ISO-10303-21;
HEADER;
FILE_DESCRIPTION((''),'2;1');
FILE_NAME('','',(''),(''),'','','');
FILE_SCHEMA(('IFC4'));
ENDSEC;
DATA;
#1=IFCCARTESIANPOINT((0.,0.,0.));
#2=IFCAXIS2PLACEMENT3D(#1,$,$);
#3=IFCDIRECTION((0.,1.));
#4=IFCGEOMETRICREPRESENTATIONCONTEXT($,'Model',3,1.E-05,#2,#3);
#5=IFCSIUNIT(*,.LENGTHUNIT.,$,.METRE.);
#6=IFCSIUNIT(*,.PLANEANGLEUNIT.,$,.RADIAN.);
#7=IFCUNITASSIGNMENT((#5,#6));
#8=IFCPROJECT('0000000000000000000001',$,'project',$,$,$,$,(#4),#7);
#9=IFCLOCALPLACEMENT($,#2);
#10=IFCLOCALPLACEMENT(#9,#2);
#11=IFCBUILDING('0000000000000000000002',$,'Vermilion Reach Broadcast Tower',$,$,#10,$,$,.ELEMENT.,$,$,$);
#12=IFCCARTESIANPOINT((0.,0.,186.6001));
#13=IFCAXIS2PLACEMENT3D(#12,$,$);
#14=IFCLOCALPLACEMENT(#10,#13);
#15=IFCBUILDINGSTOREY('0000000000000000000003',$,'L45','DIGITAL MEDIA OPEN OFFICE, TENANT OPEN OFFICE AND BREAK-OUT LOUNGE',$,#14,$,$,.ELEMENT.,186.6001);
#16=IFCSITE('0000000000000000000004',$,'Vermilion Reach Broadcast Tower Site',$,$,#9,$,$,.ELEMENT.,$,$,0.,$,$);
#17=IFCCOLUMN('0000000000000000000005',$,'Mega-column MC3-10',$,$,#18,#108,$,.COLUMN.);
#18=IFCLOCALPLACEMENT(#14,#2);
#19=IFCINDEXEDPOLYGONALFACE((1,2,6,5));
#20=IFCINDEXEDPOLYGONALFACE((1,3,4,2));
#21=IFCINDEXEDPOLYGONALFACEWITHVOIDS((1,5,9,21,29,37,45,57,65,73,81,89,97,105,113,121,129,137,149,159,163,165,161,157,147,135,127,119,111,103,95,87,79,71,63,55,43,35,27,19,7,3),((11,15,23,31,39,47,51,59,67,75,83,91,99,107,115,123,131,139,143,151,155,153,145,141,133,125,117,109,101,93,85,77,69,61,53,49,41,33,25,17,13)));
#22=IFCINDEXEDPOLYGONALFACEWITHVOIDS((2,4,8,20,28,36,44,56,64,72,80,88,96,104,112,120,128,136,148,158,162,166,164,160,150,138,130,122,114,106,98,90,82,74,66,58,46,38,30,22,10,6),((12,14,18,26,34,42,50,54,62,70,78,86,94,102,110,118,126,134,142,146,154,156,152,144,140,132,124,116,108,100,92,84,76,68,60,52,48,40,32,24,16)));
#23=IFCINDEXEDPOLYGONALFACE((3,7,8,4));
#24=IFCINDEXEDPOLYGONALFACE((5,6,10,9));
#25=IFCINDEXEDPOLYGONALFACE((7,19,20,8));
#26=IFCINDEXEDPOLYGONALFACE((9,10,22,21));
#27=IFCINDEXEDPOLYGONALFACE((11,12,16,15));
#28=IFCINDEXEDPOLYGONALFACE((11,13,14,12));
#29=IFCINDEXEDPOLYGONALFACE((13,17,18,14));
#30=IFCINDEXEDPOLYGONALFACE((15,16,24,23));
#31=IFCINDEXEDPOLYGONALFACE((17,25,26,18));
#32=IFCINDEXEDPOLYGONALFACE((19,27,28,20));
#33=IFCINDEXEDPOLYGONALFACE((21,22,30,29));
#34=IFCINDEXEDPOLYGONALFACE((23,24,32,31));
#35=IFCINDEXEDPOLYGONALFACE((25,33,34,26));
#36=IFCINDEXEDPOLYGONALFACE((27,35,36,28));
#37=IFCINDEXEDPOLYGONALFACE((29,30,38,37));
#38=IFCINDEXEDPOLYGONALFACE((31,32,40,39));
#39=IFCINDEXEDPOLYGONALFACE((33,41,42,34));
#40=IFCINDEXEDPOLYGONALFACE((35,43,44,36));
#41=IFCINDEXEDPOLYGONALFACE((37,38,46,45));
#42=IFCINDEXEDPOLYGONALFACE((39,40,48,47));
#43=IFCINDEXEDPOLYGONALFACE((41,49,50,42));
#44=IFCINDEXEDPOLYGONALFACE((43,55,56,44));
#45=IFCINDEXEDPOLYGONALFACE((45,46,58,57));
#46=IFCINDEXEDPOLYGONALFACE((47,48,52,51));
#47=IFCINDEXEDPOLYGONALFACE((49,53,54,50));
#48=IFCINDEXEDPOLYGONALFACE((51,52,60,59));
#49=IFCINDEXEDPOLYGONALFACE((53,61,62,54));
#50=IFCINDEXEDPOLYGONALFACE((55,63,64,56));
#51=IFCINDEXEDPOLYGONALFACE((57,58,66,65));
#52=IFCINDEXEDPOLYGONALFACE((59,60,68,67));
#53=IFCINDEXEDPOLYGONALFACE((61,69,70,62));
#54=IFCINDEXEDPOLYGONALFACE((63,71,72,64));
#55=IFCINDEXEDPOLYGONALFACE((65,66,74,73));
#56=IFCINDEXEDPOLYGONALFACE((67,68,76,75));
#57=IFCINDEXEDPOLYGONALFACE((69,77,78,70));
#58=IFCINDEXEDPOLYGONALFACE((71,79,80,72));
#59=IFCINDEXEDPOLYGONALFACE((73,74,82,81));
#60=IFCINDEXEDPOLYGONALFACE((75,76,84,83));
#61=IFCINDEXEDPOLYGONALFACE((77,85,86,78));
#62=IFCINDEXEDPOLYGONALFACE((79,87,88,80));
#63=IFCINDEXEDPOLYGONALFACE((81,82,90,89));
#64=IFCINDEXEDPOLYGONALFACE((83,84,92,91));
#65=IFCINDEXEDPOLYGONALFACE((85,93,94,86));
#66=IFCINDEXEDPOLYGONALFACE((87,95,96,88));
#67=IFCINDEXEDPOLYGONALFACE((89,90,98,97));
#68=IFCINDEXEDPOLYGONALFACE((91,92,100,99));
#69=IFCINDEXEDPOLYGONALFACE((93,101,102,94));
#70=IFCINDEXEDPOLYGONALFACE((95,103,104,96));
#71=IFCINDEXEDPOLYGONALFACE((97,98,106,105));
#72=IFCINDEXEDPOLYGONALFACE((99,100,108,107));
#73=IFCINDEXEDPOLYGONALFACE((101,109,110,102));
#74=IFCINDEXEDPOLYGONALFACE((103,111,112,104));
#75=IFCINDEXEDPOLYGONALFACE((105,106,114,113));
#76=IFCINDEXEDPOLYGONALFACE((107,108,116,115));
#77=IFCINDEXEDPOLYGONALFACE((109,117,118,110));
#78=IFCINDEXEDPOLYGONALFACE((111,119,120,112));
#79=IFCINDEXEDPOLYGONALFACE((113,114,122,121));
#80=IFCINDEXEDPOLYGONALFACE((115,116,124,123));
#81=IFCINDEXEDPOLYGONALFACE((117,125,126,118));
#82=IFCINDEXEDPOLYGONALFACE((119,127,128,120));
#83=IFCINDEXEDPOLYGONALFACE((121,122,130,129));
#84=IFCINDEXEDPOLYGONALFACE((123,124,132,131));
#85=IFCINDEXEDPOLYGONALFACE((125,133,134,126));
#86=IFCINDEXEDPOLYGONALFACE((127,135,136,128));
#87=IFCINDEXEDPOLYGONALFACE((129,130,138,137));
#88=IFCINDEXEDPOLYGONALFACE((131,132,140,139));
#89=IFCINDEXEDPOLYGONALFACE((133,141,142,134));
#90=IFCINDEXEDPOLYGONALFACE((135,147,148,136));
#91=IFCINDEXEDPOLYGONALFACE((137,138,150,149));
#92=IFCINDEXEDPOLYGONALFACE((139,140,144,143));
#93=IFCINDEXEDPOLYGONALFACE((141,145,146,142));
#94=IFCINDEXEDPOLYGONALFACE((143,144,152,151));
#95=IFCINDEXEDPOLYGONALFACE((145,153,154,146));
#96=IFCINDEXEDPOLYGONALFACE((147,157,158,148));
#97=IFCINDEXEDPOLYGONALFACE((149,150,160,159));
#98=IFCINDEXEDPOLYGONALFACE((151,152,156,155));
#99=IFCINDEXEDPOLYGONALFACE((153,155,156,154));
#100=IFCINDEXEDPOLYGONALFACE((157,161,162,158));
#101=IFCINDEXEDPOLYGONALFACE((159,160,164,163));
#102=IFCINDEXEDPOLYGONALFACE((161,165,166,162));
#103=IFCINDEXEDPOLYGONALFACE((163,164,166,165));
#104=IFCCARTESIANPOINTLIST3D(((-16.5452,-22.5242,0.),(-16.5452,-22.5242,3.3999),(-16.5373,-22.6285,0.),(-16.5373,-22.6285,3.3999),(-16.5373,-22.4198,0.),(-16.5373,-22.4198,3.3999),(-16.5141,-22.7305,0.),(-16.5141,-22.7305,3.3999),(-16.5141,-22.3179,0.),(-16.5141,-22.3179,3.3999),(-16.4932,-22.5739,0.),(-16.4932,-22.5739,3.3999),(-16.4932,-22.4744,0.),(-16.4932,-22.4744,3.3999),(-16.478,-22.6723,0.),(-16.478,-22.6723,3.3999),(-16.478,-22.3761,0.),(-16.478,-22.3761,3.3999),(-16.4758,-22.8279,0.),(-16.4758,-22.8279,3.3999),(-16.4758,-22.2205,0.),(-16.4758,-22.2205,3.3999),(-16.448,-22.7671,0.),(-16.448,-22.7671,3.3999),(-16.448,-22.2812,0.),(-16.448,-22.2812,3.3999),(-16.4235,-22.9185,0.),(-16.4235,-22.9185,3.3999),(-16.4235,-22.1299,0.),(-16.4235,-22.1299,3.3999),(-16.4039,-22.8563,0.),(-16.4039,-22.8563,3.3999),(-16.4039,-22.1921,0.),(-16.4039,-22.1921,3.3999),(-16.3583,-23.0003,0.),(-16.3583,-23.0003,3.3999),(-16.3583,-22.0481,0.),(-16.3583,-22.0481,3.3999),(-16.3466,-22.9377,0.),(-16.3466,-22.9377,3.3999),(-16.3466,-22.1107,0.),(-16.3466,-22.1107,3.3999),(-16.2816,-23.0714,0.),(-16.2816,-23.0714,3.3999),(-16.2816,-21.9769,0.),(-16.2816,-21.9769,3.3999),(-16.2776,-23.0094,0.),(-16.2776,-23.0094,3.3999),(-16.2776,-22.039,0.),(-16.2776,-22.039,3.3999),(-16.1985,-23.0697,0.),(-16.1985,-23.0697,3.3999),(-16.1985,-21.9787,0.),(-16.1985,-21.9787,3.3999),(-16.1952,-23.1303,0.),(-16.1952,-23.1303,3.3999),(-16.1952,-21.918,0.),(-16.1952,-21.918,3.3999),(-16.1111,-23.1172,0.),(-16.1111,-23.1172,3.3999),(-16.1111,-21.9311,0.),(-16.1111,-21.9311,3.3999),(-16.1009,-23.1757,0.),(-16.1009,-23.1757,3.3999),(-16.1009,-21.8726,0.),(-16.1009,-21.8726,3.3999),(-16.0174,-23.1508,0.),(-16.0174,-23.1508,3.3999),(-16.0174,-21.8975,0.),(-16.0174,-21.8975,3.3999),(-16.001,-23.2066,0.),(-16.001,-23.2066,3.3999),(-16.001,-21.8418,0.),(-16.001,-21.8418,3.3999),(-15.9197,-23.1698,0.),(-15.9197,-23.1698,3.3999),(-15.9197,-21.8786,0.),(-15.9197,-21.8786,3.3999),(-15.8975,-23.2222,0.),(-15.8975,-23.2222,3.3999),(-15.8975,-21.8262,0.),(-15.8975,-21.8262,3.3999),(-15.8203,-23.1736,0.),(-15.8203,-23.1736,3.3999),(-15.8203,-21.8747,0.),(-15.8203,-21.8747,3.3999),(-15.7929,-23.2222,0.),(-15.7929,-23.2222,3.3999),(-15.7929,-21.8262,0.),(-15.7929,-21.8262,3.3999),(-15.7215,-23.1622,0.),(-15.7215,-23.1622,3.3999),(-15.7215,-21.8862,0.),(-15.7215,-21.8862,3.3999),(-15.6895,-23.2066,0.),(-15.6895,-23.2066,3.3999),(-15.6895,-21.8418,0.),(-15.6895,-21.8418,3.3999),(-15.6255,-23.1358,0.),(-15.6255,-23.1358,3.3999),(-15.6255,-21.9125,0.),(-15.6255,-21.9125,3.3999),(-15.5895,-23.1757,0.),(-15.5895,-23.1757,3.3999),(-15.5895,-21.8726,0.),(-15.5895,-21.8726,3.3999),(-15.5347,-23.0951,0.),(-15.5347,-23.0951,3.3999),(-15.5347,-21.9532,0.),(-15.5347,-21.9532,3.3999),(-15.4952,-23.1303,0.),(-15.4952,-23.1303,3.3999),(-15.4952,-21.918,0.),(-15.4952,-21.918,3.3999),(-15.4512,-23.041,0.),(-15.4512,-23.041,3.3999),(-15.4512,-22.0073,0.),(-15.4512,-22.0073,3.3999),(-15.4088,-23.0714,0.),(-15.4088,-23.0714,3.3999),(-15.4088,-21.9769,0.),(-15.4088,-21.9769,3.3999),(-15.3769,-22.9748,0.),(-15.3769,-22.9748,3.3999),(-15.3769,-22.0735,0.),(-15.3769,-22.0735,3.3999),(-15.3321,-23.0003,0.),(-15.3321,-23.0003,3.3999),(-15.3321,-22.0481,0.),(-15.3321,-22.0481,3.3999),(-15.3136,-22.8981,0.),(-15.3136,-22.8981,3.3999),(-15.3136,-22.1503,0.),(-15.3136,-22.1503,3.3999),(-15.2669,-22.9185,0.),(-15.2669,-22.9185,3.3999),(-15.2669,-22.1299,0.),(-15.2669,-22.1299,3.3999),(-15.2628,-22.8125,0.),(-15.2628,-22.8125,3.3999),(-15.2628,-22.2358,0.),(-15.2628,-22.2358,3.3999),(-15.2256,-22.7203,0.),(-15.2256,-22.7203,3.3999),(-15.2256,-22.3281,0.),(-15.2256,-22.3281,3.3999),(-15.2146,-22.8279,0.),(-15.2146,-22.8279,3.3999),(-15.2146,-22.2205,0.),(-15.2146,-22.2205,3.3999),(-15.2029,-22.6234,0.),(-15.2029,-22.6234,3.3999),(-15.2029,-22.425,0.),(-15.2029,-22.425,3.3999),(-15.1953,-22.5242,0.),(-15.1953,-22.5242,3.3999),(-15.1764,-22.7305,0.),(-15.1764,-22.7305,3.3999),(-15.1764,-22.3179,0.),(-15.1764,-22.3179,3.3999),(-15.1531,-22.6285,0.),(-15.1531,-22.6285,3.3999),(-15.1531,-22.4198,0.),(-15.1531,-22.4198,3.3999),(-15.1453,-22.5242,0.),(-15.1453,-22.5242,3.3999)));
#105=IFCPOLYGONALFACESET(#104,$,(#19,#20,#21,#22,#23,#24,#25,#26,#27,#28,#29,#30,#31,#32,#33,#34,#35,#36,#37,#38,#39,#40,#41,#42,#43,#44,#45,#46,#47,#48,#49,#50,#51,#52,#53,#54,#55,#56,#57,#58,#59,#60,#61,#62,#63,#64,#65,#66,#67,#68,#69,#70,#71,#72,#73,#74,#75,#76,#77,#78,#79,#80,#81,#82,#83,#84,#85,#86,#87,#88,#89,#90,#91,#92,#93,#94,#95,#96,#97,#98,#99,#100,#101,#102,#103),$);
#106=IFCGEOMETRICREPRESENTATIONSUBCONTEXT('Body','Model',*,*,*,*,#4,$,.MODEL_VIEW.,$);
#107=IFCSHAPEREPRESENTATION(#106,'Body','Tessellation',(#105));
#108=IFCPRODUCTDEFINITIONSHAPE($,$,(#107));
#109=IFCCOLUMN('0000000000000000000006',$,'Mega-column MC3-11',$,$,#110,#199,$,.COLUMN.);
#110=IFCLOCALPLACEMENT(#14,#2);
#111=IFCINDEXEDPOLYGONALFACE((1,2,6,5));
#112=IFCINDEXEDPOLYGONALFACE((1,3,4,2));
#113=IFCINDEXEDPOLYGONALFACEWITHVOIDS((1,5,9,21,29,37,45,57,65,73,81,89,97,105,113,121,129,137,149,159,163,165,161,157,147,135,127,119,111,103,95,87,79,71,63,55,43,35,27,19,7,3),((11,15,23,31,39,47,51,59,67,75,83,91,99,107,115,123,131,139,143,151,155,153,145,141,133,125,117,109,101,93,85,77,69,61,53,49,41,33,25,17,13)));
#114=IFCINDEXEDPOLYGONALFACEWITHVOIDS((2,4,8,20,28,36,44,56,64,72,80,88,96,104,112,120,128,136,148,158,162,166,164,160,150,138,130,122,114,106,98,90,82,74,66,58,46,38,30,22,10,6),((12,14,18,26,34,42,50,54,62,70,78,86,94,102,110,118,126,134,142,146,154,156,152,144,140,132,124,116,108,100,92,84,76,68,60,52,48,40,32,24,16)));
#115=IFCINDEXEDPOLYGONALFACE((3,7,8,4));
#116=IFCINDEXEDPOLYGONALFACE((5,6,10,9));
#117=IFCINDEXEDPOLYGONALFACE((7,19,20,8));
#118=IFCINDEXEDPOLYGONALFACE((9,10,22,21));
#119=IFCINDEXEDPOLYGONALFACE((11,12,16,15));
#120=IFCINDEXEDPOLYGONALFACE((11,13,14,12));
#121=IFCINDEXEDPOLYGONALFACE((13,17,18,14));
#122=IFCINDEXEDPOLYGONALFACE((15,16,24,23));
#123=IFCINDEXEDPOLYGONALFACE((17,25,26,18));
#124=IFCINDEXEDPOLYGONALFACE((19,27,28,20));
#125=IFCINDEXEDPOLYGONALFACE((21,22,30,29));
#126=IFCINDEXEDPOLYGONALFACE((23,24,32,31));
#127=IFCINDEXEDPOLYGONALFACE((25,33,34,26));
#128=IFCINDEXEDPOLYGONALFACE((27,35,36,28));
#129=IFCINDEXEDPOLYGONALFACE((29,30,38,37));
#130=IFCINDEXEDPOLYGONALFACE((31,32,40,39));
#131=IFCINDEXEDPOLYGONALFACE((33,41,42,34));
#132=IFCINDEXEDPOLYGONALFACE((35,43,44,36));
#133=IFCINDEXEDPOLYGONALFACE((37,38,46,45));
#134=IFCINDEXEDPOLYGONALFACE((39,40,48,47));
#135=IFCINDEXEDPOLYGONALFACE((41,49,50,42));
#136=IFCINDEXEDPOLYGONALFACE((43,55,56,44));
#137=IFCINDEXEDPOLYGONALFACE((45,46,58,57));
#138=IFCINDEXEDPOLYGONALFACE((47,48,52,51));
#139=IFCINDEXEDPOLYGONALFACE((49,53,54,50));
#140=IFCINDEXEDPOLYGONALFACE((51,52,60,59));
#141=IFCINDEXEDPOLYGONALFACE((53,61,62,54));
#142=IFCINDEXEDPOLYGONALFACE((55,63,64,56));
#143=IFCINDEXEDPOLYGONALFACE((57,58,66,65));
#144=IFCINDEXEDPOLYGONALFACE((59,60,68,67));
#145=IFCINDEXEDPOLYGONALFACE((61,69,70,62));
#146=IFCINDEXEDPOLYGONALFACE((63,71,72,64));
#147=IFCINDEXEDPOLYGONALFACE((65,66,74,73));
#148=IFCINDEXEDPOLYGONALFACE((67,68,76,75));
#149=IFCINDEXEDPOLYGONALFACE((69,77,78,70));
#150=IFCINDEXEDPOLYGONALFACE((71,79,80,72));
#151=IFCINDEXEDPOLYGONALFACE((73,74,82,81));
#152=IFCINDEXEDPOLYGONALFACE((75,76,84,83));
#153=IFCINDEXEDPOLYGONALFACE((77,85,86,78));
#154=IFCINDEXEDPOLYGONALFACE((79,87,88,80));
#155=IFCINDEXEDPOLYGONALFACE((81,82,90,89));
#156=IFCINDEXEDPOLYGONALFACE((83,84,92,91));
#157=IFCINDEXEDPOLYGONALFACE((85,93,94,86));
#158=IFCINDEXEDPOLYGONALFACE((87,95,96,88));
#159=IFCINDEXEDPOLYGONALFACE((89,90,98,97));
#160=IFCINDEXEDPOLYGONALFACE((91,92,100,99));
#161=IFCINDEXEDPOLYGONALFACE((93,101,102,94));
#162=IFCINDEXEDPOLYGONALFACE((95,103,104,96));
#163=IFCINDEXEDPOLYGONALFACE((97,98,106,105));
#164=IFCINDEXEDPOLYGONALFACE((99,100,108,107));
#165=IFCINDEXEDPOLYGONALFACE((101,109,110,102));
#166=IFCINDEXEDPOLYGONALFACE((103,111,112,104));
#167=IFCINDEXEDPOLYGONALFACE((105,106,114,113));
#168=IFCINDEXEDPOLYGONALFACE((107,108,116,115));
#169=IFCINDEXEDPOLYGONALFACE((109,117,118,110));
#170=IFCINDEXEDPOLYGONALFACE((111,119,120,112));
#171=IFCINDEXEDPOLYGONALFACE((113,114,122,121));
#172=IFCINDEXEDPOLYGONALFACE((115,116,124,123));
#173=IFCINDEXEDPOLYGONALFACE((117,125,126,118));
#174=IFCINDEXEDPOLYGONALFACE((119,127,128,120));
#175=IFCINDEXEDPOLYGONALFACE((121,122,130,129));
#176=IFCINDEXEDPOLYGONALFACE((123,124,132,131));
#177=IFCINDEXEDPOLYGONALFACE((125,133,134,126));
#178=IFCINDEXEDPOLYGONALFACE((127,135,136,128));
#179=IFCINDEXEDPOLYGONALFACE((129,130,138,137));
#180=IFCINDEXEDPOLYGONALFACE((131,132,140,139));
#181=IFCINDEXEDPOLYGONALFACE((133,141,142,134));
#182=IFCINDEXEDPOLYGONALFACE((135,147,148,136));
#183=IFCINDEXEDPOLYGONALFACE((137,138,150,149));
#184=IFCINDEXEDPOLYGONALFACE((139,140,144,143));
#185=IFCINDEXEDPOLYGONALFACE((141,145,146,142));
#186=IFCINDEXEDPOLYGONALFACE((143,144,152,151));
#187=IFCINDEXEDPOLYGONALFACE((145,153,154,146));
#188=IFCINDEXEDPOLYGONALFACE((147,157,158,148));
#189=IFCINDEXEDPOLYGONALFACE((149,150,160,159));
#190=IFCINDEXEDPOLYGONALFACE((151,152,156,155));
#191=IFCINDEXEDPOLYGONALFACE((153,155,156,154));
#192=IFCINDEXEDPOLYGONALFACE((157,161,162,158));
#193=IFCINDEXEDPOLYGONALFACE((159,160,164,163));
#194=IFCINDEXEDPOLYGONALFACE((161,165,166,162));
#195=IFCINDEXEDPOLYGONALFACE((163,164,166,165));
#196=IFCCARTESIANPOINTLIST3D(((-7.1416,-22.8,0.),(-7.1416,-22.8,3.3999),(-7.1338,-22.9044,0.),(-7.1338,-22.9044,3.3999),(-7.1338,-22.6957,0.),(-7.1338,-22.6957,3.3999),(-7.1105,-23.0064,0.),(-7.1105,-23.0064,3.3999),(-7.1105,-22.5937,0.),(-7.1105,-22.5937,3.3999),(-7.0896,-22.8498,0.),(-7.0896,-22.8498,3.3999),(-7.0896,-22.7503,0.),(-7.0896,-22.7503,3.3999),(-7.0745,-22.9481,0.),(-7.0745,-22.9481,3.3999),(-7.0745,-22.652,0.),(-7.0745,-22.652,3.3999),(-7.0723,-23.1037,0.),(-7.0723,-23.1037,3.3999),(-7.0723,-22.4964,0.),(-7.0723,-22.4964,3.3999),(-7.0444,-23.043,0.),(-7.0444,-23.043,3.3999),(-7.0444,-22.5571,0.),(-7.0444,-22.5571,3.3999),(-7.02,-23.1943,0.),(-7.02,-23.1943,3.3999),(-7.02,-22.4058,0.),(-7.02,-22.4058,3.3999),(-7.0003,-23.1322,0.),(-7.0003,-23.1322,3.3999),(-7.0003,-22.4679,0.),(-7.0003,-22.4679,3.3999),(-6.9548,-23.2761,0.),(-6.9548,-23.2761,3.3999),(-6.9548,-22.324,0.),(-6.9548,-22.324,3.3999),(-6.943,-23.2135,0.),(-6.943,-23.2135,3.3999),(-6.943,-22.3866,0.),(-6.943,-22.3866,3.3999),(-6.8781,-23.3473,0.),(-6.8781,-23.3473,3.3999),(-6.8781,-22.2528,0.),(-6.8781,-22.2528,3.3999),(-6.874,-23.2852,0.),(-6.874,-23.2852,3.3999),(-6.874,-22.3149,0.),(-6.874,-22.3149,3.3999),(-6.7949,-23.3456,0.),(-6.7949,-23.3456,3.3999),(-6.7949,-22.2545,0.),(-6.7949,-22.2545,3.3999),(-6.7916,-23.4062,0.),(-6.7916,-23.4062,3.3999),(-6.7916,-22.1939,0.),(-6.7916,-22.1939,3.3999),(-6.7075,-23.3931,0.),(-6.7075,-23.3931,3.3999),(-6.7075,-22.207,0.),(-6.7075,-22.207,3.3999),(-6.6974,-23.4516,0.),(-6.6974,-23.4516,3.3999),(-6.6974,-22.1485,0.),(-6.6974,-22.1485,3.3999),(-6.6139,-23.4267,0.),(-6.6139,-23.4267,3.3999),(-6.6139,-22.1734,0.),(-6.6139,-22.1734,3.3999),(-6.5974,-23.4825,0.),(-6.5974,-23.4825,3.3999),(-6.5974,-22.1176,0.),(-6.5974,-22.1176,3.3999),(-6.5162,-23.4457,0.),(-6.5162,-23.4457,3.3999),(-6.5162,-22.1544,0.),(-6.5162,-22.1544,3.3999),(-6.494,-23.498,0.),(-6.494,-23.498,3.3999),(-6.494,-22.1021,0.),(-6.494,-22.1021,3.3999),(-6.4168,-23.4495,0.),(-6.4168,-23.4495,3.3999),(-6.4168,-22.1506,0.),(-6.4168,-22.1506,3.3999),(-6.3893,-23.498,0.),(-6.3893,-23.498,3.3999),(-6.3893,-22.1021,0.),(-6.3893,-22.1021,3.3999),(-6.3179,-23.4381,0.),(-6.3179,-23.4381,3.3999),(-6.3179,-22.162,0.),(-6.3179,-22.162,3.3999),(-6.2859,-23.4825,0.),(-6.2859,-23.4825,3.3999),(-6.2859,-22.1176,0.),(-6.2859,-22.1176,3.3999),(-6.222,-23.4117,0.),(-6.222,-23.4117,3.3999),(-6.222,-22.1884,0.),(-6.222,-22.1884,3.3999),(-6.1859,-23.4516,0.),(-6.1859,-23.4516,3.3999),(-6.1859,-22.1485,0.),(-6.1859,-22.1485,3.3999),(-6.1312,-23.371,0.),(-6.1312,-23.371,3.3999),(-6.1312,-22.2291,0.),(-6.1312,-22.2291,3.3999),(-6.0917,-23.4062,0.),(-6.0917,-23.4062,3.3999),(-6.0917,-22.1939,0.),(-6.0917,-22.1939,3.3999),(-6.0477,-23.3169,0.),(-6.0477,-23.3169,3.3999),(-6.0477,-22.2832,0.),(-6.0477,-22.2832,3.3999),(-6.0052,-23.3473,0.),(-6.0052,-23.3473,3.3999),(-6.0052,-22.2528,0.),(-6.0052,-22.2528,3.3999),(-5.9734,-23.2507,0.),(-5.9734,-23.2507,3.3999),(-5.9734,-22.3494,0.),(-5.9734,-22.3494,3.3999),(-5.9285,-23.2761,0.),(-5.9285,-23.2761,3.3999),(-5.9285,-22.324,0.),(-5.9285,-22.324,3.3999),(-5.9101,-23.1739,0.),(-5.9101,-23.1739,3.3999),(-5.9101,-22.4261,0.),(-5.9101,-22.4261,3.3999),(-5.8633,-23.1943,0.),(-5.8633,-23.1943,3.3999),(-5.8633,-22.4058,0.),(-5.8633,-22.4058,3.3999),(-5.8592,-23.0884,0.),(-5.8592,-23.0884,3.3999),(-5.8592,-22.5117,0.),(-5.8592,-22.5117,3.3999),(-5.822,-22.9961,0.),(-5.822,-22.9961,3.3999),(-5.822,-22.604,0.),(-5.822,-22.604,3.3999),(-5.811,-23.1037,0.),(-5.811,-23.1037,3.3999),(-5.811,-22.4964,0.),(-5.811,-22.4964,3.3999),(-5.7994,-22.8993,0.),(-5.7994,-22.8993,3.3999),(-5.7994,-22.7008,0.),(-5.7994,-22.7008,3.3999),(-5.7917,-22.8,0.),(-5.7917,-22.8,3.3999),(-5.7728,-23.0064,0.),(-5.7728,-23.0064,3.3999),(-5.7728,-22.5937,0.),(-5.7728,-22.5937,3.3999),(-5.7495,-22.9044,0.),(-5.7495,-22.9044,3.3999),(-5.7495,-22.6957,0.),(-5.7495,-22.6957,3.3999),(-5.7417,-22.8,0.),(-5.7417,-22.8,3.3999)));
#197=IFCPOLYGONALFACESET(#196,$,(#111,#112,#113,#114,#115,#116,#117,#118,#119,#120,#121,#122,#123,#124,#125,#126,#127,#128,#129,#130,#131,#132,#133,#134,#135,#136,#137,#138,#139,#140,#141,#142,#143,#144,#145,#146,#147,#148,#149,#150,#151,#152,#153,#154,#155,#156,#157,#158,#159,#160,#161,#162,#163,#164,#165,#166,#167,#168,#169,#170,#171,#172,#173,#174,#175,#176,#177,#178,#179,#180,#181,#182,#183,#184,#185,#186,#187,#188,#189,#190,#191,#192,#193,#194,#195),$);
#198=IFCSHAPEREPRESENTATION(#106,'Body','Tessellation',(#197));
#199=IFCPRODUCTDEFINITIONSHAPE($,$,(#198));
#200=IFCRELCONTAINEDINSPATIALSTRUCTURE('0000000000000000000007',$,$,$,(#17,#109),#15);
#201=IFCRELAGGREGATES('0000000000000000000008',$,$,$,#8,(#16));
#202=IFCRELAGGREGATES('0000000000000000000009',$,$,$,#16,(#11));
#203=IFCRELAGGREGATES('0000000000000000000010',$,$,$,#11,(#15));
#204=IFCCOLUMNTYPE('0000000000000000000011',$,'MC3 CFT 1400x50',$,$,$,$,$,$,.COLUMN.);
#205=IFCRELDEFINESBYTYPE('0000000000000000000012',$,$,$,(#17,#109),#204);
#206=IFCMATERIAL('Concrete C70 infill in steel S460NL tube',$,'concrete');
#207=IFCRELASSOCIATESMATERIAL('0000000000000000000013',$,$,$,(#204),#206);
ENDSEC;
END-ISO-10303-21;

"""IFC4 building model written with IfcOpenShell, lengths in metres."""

from ifc_helpers import new_model, si_unit, direction, frame, origin, origin_2d, place, context, subcontext, project, spatial, hollow_circle, extrude, material, material_profile, profile_set, type_object, element, save


model = new_model("IFC4")

# Units and contexts
model_context = context("Model", 3, precision=1e-05, world=origin(), true_north=direction((0.0, 1.0)))
body_context = subcontext(model_context, "Body", "Model", "MODEL_VIEW")
ifc_project = project(units=[si_unit("LENGTHUNIT", "METRE"), si_unit("PLANEANGLEUNIT", "RADIAN")], contexts=[model_context])

# Site, building, storey
site_placement = place(None, origin())
site = spatial("IfcSite", under=ifc_project, at=site_placement, Name="Vermilion Reach Broadcast Tower Site", CompositionType="ELEMENT", RefElevation=0.0)
building_placement = place(site_placement, origin())
building = spatial("IfcBuilding", under=site, at=building_placement, Name="Vermilion Reach Broadcast Tower", CompositionType="ELEMENT")
storey_placement = place(building_placement, frame((0.0, 0.0, 186.6001)))
storey = spatial("IfcBuildingStorey", under=building, at=storey_placement, Name="L45", Description="DIGITAL MEDIA OPEN OFFICE, TENANT OPEN OFFICE AND BREAK-OUT LOUNGE", CompositionType="ELEMENT", Elevation=186.6001)

# Columns
ifc_material_1 = material(Name="Concrete C70 infill in steel S460NL tube", Category="concrete")
ifc_material_profile_1 = material_profile(ifc_material_1, hollow_circle(Radius=0.7, WallThickness=0.05, at=origin_2d()), Name="Concrete C70 infill in steel S460NL tube CFT 1400x50")
ifc_profile_set_1 = profile_set([ifc_material_profile_1], Name="Concrete C70 infill in steel S460NL tube")
column_type = type_object("IfcColumnType", Name="MC3 CFT 1400x50", PredefinedType="COLUMN", material=ifc_profile_set_1)
for number, where, z_axis, x_axis, name in (
    (1, (-15.8452, -22.5242, 0.0), (0.0, 0.0, 1.0), (1.0, 0.0, 0.0), "Mega-column MC3-10"),
    (2, (-6.4417, -22.8, 0.0), (0.0, 0.0, 1.0), (1.0, 0.0, 0.0), "Mega-column MC3-11"),
):
    element("IfcColumn", number, at=place(storey_placement, frame(where, z_axis=z_axis, x_axis=x_axis)), inside=storey, type_object=column_type, Name=name, PredefinedType="COLUMN", context=body_context, shape_type="SweptSolid", body=[
        extrude(hollow_circle(Radius=0.7, WallThickness=0.05, at=origin_2d()), origin(), (0.0, 0.0, 1.0), 3.3999),
    ])

save(model, "model.ifc")
